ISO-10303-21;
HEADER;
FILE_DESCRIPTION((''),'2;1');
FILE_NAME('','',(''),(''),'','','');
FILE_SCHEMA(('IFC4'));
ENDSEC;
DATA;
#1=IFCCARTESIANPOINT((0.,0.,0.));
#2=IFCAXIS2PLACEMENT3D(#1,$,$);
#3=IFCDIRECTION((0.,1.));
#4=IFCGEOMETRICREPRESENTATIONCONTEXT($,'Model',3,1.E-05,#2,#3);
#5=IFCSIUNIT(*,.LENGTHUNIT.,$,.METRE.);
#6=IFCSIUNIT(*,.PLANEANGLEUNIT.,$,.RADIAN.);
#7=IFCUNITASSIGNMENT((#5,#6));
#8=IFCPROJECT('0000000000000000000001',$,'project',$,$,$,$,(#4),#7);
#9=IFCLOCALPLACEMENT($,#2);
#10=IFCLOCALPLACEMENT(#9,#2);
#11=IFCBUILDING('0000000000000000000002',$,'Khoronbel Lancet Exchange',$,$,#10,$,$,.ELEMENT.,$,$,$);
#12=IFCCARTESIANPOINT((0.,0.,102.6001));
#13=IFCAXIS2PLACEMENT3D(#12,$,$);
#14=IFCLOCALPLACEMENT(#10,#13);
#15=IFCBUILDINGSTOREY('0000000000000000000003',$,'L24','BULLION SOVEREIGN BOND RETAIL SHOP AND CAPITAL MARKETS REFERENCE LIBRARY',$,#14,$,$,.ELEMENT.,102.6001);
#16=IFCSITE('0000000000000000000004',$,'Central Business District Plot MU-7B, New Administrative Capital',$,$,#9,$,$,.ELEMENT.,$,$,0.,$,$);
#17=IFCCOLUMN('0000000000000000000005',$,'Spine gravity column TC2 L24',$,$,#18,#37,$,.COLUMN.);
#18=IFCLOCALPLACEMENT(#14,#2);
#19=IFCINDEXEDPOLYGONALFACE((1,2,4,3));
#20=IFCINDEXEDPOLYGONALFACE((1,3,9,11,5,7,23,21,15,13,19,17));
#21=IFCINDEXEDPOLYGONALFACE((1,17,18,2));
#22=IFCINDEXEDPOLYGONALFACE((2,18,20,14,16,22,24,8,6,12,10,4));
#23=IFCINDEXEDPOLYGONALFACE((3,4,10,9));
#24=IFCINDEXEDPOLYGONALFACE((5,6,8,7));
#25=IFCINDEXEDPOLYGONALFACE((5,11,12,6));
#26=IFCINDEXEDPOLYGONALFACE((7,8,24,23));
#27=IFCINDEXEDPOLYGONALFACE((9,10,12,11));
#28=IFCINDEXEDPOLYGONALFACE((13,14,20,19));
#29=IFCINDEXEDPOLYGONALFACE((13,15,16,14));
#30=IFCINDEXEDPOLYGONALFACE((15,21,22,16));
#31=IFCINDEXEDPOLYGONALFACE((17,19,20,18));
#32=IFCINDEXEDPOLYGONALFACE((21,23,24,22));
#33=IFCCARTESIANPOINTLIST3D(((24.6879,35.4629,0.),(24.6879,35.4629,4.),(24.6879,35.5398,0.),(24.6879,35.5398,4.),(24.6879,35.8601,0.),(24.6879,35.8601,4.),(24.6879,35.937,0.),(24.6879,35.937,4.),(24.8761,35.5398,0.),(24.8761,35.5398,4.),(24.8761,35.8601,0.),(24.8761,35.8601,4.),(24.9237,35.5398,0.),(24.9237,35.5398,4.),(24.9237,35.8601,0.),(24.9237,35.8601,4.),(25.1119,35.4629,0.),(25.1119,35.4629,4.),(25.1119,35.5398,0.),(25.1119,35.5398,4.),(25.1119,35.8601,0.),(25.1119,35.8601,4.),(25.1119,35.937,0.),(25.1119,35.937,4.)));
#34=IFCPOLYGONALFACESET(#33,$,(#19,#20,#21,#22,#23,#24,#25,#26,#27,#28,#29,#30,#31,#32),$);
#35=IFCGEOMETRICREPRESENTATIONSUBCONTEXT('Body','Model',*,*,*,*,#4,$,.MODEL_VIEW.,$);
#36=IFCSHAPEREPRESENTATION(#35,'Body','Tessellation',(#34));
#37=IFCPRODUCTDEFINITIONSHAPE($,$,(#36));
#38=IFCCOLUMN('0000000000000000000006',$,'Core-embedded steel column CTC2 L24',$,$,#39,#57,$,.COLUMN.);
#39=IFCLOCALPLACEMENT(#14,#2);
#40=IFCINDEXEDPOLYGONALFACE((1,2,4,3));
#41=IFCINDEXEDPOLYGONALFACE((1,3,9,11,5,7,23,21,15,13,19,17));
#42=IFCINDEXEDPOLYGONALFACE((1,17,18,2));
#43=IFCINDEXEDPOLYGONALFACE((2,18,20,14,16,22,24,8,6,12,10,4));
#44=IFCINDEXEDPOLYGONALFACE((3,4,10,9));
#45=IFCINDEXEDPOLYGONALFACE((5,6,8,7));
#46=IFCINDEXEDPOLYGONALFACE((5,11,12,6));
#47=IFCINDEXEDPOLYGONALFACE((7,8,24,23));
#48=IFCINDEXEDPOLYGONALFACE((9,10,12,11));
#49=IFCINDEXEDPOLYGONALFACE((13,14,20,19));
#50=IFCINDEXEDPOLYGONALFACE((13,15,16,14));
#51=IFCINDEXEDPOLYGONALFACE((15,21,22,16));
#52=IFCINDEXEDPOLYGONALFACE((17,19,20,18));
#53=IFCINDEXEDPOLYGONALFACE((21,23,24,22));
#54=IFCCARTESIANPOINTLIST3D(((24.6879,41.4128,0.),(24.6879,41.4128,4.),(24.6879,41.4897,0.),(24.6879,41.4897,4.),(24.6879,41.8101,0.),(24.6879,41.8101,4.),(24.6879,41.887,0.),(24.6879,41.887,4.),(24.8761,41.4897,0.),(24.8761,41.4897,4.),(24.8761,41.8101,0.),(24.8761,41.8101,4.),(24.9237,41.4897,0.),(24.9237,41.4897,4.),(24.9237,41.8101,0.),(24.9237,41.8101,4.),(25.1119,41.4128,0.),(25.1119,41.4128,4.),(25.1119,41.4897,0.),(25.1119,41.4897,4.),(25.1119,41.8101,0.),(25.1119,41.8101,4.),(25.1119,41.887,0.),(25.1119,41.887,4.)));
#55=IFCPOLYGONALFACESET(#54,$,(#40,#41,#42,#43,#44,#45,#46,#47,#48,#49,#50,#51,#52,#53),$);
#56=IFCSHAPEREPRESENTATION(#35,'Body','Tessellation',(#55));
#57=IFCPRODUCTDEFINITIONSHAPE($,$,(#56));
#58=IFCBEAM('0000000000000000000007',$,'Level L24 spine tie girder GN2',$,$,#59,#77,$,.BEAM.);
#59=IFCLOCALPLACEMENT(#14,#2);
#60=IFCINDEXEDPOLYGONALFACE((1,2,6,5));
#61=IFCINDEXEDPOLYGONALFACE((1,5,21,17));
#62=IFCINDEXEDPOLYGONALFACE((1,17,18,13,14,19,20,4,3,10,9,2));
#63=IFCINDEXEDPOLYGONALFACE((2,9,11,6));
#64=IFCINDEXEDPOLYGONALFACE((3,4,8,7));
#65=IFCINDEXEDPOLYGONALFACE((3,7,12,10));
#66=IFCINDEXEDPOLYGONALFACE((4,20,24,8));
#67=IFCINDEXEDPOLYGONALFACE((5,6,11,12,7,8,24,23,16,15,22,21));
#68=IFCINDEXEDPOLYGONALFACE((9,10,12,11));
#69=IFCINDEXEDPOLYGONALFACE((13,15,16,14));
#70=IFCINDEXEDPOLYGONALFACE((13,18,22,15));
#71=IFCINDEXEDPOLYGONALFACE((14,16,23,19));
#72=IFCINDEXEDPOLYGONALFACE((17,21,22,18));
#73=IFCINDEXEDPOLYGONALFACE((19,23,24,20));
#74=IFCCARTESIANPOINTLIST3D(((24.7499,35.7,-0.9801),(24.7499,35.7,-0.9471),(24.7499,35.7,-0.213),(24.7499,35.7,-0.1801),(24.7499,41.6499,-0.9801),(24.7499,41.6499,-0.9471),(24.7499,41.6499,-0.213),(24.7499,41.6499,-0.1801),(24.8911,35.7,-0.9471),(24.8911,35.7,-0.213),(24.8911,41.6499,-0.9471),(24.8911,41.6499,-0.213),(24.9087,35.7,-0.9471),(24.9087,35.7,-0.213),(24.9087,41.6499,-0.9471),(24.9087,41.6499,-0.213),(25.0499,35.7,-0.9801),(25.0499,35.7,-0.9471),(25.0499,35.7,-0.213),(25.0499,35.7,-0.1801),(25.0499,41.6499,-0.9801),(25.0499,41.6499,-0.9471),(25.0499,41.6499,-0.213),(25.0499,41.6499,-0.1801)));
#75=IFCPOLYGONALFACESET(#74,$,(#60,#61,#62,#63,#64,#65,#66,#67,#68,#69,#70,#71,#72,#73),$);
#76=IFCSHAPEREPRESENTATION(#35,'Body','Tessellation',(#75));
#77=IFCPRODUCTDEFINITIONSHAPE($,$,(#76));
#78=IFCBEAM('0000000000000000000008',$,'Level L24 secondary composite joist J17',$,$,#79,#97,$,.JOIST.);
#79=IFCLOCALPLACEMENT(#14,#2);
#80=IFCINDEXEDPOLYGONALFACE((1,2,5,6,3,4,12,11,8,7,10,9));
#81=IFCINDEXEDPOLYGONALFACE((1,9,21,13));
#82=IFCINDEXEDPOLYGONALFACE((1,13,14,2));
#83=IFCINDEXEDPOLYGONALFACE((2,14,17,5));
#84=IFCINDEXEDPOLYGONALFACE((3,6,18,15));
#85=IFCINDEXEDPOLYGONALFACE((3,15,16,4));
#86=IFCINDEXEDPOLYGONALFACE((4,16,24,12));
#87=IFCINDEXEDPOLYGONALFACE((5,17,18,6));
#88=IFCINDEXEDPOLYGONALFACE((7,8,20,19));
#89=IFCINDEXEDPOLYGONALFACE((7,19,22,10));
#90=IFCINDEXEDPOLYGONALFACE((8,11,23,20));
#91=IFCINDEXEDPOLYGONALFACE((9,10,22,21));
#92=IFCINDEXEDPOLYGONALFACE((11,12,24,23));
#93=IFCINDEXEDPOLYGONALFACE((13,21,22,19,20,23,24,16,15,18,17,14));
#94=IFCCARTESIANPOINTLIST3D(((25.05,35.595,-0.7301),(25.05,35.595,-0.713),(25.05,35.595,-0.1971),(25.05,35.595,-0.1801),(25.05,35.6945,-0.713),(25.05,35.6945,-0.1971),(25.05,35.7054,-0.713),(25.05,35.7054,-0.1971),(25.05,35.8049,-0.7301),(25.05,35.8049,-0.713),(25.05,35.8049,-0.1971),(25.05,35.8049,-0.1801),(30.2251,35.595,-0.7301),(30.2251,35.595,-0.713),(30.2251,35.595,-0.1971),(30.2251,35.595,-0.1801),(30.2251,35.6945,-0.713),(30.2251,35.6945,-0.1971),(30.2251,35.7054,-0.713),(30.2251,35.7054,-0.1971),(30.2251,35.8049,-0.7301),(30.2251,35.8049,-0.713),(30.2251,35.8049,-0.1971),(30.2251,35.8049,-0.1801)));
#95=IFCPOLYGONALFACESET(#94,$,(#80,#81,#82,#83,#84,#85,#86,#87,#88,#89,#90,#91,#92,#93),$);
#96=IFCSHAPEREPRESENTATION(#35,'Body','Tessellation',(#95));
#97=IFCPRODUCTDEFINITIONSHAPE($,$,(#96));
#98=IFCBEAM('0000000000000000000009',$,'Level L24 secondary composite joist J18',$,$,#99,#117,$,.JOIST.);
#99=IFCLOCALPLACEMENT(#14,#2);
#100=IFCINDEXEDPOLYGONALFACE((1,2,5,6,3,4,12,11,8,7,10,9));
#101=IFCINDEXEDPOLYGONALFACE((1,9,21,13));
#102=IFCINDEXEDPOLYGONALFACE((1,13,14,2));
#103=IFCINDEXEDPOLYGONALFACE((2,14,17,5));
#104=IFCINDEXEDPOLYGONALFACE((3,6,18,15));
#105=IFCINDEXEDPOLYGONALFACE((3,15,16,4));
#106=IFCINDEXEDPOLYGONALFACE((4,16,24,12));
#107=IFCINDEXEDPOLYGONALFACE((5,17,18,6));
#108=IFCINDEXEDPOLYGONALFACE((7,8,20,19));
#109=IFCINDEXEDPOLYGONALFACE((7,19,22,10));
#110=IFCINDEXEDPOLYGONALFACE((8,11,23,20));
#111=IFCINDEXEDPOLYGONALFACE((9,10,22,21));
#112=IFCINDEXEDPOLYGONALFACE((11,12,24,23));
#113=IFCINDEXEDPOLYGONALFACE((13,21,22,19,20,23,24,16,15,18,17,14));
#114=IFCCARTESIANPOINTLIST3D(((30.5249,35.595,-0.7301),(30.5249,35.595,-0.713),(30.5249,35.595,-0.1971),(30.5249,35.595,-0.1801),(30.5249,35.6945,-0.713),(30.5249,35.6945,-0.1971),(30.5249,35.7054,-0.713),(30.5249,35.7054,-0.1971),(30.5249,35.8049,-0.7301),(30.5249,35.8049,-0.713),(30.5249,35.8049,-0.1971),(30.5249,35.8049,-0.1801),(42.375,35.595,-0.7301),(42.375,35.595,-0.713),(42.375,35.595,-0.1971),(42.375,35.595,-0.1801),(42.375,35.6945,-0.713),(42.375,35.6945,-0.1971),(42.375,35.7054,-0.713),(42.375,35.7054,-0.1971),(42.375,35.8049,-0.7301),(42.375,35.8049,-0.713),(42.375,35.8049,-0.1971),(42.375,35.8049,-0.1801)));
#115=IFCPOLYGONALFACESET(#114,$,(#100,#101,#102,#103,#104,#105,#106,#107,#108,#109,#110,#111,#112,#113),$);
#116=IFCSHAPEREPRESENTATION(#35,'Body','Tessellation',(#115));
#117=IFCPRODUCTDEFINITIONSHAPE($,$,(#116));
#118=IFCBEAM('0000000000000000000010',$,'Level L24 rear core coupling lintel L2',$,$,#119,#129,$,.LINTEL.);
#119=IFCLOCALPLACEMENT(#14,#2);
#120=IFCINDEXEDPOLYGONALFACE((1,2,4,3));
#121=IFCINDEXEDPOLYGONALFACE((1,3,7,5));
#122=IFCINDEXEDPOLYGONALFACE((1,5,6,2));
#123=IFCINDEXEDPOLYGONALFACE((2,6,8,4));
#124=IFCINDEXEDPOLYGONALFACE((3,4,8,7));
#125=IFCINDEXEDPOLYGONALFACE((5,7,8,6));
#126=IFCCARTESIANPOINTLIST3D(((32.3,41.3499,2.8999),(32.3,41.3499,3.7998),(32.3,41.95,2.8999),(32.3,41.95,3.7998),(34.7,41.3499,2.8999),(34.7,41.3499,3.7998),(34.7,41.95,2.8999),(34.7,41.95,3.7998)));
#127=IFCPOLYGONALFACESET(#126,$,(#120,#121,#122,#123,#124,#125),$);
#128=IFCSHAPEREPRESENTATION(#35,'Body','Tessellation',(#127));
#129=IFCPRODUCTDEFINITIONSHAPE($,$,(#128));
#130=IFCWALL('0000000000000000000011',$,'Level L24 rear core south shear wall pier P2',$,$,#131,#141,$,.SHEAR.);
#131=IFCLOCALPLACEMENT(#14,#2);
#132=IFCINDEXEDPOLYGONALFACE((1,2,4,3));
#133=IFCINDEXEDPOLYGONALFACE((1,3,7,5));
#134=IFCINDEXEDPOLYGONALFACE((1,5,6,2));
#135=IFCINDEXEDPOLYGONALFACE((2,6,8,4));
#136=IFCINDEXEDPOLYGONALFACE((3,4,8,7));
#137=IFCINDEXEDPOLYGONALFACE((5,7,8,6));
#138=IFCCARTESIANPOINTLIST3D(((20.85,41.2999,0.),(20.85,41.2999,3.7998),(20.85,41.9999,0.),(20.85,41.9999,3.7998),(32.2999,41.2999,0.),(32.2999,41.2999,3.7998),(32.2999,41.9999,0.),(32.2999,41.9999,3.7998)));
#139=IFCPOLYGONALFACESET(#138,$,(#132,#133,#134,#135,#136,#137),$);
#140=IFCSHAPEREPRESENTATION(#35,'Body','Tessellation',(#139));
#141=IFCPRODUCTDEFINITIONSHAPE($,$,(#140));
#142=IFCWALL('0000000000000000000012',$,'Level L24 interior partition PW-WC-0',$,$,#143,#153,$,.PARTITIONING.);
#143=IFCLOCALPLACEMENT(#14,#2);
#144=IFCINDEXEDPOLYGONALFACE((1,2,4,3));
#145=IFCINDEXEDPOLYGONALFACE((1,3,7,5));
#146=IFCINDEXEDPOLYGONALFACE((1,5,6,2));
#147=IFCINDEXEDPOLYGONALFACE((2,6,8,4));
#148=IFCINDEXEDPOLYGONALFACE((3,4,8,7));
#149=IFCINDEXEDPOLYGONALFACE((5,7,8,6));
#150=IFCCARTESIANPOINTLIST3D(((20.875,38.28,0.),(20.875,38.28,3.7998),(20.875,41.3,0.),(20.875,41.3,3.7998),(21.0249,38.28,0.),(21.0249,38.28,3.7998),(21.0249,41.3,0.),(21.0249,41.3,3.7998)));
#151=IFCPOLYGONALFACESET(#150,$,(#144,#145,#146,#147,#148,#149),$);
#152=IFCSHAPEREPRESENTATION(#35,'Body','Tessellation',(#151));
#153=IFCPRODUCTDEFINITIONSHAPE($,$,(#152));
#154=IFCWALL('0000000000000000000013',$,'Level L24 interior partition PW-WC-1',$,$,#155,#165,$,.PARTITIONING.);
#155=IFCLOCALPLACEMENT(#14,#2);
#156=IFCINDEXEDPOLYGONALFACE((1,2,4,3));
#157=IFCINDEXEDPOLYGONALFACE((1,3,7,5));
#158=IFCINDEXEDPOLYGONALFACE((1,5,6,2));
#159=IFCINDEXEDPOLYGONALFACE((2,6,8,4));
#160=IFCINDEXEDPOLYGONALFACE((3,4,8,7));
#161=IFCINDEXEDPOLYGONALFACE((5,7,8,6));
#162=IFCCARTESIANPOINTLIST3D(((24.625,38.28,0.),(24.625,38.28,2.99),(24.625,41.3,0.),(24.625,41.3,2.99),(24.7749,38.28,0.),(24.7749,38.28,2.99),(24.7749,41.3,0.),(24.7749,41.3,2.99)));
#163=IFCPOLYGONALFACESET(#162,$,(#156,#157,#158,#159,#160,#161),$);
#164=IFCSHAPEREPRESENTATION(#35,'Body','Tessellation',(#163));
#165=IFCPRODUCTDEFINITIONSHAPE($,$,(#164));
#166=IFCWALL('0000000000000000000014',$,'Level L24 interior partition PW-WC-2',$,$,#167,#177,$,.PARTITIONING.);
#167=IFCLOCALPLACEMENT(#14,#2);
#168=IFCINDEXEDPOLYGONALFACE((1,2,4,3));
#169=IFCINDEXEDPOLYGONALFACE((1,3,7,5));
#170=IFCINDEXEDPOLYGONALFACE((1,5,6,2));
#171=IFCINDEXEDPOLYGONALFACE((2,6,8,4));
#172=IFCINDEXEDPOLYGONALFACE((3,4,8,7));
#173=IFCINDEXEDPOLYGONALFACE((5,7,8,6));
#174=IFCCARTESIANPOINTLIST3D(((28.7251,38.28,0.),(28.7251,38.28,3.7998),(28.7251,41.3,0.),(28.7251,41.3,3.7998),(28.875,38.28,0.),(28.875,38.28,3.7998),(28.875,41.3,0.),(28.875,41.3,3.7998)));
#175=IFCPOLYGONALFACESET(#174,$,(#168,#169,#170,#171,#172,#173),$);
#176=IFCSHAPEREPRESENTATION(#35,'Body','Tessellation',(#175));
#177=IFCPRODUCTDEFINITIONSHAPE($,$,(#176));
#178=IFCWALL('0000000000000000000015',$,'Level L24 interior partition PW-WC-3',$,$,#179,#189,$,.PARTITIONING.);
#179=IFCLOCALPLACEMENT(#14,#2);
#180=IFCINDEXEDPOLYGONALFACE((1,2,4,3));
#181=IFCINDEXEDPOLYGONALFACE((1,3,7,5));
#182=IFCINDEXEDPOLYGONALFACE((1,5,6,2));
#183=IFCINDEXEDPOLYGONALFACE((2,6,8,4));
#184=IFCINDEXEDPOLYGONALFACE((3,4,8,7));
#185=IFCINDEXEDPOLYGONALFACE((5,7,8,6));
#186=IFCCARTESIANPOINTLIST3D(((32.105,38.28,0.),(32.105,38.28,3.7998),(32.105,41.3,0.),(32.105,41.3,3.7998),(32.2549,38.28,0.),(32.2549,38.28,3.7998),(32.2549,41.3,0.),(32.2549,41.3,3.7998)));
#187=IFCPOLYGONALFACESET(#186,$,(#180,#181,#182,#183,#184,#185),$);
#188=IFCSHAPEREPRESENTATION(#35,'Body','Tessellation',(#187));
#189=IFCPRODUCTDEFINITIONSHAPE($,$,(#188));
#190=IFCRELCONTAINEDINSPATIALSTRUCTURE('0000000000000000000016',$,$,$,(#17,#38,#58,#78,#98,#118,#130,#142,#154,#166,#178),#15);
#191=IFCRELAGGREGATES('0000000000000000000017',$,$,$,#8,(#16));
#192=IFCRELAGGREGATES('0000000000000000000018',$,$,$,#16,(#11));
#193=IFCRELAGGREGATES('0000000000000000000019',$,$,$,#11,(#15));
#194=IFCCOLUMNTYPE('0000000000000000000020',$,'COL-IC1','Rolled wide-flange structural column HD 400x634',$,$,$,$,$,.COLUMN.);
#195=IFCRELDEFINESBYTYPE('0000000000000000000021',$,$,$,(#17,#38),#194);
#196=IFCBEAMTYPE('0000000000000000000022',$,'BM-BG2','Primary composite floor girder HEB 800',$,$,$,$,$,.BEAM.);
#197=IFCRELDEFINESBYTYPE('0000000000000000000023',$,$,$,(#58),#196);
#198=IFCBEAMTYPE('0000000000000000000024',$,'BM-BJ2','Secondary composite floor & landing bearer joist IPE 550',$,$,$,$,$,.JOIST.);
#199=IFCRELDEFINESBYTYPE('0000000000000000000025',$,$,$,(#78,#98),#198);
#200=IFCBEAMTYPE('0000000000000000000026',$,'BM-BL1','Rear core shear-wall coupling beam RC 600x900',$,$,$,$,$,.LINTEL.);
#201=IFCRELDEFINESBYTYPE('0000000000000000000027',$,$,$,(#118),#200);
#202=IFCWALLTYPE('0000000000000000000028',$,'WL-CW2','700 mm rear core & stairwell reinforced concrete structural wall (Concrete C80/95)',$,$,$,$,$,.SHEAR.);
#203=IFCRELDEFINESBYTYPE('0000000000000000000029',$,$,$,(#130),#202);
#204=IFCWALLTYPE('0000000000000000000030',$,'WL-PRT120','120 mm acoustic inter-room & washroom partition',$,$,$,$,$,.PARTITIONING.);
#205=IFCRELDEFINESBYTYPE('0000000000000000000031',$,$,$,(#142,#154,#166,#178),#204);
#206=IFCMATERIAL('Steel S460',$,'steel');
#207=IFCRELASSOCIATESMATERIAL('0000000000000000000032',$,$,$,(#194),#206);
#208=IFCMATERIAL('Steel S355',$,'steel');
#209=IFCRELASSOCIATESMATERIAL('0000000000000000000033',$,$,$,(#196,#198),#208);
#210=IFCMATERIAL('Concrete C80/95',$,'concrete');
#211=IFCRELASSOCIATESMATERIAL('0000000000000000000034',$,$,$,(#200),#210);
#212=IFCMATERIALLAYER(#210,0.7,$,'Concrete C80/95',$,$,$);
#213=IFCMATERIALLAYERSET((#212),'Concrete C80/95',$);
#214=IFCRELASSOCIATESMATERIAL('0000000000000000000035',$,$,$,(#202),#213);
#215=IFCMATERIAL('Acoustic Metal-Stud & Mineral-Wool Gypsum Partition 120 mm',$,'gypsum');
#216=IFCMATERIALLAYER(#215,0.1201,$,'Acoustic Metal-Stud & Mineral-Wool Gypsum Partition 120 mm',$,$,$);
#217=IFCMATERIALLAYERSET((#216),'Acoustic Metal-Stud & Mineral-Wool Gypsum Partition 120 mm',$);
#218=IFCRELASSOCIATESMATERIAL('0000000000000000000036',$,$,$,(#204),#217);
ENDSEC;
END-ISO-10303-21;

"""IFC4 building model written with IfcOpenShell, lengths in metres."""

from ifc_helpers import new_model, si_unit, direction, frame, frame_2d, origin, origin_2d, place, context, subcontext, project, spatial, rectangle, i_section, extrude, material, layer, layer_set, material_profile, profile_set, type_object, element, save


model = new_model("IFC4")

# Units and contexts
model_context = context("Model", 3, precision=1e-05, world=origin(), true_north=direction((0.0, 1.0)))
body_context = subcontext(model_context, "Body", "Model", "MODEL_VIEW")
ifc_project = project(units=[si_unit("LENGTHUNIT", "METRE"), si_unit("PLANEANGLEUNIT", "RADIAN")], contexts=[model_context])

# Site, building, storey
site_placement = place(None, origin())
site = spatial("IfcSite", under=ifc_project, at=site_placement, Name="Central Business District Plot MU-7B, New Administrative Capital", CompositionType="ELEMENT", RefElevation=0.0)
building_placement = place(site_placement, origin())
building = spatial("IfcBuilding", under=site, at=building_placement, Name="Khoronbel Lancet Exchange", CompositionType="ELEMENT")
storey_placement = place(building_placement, frame((0.0, 0.0, 102.6001)))
storey = spatial("IfcBuildingStorey", under=building, at=storey_placement, Name="L24", Description="BULLION SOVEREIGN BOND RETAIL SHOP AND CAPITAL MARKETS REFERENCE LIBRARY", CompositionType="ELEMENT", Elevation=102.6001)

# Columns
ifc_material_1 = material(Name="Steel S460", Category="steel")
ifc_material_profile_1 = material_profile(ifc_material_1, i_section(OverallWidth=0.4241, OverallDepth=0.4741, WebThickness=0.0476, FlangeThickness=0.0769, at=origin_2d()), Name="HD 400x634")
ifc_profile_set_1 = profile_set([ifc_material_profile_1], Name="Steel S460")
column_type = type_object("IfcColumnType", Name="COL-IC1", Description="Rolled wide-flange structural column HD 400x634", PredefinedType="COLUMN", material=ifc_profile_set_1)
for number, where, z_axis, x_axis, name in (
    (1, (24.8999, 35.7, 0.0), (0.0, 0.0, 1.0), (1.0, 0.0, 0.0), "Spine gravity column TC2 L24"),
    (2, (24.8999, 41.6499, 0.0), (0.0, 0.0, 1.0), (1.0, 0.0, 0.0), "Core-embedded steel column CTC2 L24"),
):
    element("IfcColumn", number, at=place(storey_placement, frame(where, z_axis=z_axis, x_axis=x_axis)), inside=storey, type_object=column_type, Name=name, PredefinedType="COLUMN", context=body_context, shape_type="SweptSolid", body=[
        extrude(i_section(OverallWidth=0.4241, OverallDepth=0.4741, WebThickness=0.0476, FlangeThickness=0.0769, at=origin_2d()), origin(), (0.0, 0.0, 1.0), 4.0),
    ])

# Beams
ifc_material_2 = material(Name="Steel S355", Category="steel")
ifc_material_profile_2 = material_profile(ifc_material_2, i_section(OverallWidth=0.3, OverallDepth=0.8, WebThickness=0.0176, FlangeThickness=0.033, at=origin_2d()), Name="HEB 800")
ifc_profile_set_2 = profile_set([ifc_material_profile_2], Name="Steel S355")
beam_type_1 = type_object("IfcBeamType", Name="BM-BG2", Description="Primary composite floor girder HEB 800", PredefinedType="BEAM", material=ifc_profile_set_2)
beam_1_placement = place(storey_placement, frame((24.8999, 35.7, -0.5801), z_axis=(0.0, 1.0, 0.0), x_axis=(-1.0, 0.0, 0.0)))
element("IfcBeam", 3, at=beam_1_placement, inside=storey, type_object=beam_type_1, Name="Level L24 spine tie girder GN2", PredefinedType="BEAM", context=body_context, shape_type="SweptSolid", body=[
    extrude(i_section(OverallWidth=0.3, OverallDepth=0.8, WebThickness=0.0176, FlangeThickness=0.033, at=origin_2d()), origin(), (0.0, 0.0, 1.0), 5.95),
])
ifc_material_profile_3 = material_profile(ifc_material_2, i_section(OverallWidth=0.21, OverallDepth=0.55, WebThickness=0.011, FlangeThickness=0.0171, at=origin_2d()), Name="IPE 550")
ifc_profile_set_3 = profile_set([ifc_material_profile_3], Name="Steel S355")
beam_type_2 = type_object("IfcBeamType", Name="BM-BJ2", Description="Secondary composite floor & landing bearer joist IPE 550", PredefinedType="JOIST", material=ifc_profile_set_3)
beam_2_placement = place(storey_placement, frame((25.05, 35.7, -0.4551), z_axis=(1.0, 0.0, 0.0), x_axis=(0.0, 1.0, 0.0)))
element("IfcBeam", 4, at=beam_2_placement, inside=storey, type_object=beam_type_2, Name="Level L24 secondary composite joist J17", PredefinedType="JOIST", context=body_context, shape_type="SweptSolid", body=[
    extrude(i_section(OverallWidth=0.21, OverallDepth=0.55, WebThickness=0.011, FlangeThickness=0.0171, at=origin_2d()), origin(), (0.0, 0.0, 1.0), 5.175),
])
beam_3_placement = place(storey_placement, frame((30.5249, 35.7, -0.4551), z_axis=(1.0, 0.0, 0.0), x_axis=(0.0, 1.0, 0.0)))
element("IfcBeam", 5, at=beam_3_placement, inside=storey, type_object=beam_type_2, Name="Level L24 secondary composite joist J18", PredefinedType="JOIST", context=body_context, shape_type="SweptSolid", body=[
    extrude(i_section(OverallWidth=0.21, OverallDepth=0.55, WebThickness=0.011, FlangeThickness=0.0171, at=origin_2d()), origin(), (0.0, 0.0, 1.0), 11.8501),
])
ifc_material_3 = material(Name="Concrete C80/95", Category="concrete")
ifc_material_profile_4 = material_profile(ifc_material_3, rectangle(XDim=0.6001, YDim=0.8999, at=origin_2d()), Name="RC 600x900")
ifc_profile_set_4 = profile_set([ifc_material_profile_4], Name="Concrete C80/95")
beam_type_3 = type_object("IfcBeamType", Name="BM-BL1", Description="Rear core shear-wall coupling beam RC 600x900", PredefinedType="LINTEL", material=ifc_profile_set_4)
beam_4_placement = place(storey_placement, frame((32.3, 41.6499, 3.3499), z_axis=(1.0, 0.0, 0.0), x_axis=(0.0, 1.0, 0.0)))
element("IfcBeam", 6, at=beam_4_placement, inside=storey, type_object=beam_type_3, Name="Level L24 rear core coupling lintel L2", PredefinedType="LINTEL", context=body_context, shape_type="SweptSolid", body=[
    extrude(rectangle(XDim=0.6001, YDim=0.8999, at=origin_2d()), origin(), (0.0, 0.0, 1.0), 2.3999),
])

# Walls
ifc_layer_1 = layer(ifc_material_3, 0.7, Name="Concrete C80/95")
ifc_layer_set_1 = layer_set([ifc_layer_1], Name="Concrete C80/95")
wall_type_1 = type_object("IfcWallType", Name="WL-CW2", Description="700 mm rear core & stairwell reinforced concrete structural wall (Concrete C80/95)", PredefinedType="SHEAR", material=ifc_layer_set_1)
wall_1_placement = place(storey_placement, frame((32.3, 41.6499, 0.0), z_axis=(0.0, 0.0, 1.0), x_axis=(-1.0, 0.0, 0.0)))
element("IfcWall", 7, at=wall_1_placement, inside=storey, type_object=wall_type_1, Name="Level L24 rear core south shear wall pier P2", PredefinedType="SHEAR", context=body_context, shape_type="SweptSolid", body=[
    extrude(rectangle(XDim=11.45, YDim=0.7, at=frame_2d((5.7251, 0.0))), origin(), (0.0, 0.0, 1.0), 3.7998),
])
ifc_material_4 = material(Name="Acoustic Metal-Stud & Mineral-Wool Gypsum Partition 120 mm", Category="gypsum")
ifc_layer_2 = layer(ifc_material_4, 0.1201, Name="Acoustic Metal-Stud & Mineral-Wool Gypsum Partition 120 mm")
ifc_layer_set_2 = layer_set([ifc_layer_2], Name="Acoustic Metal-Stud & Mineral-Wool Gypsum Partition 120 mm")
wall_type_2 = type_object("IfcWallType", Name="WL-PRT120", Description="120 mm acoustic inter-room & washroom partition", PredefinedType="PARTITIONING", material=ifc_layer_set_2)
wall_2_placement = place(storey_placement, frame((20.95, 38.28, 0.0), z_axis=(0.0, 0.0, 1.0), x_axis=(0.0, 1.0, 0.0)))
element("IfcWall", 8, at=wall_2_placement, inside=storey, type_object=wall_type_2, Name="Level L24 interior partition PW-WC-0", PredefinedType="PARTITIONING", context=body_context, shape_type="SweptSolid", body=[
    extrude(rectangle(XDim=3.02, YDim=0.1499, at=frame_2d((1.51, 0.0))), origin(), (0.0, 0.0, 1.0), 3.7998),
])
wall_3_placement = place(storey_placement, frame((24.7, 38.28, 0.0), z_axis=(0.0, 0.0, 1.0), x_axis=(0.0, 1.0, 0.0)))
element("IfcWall", 9, at=wall_3_placement, inside=storey, type_object=wall_type_2, Name="Level L24 interior partition PW-WC-1", PredefinedType="PARTITIONING", context=body_context, shape_type="SweptSolid", body=[
    extrude(rectangle(XDim=3.02, YDim=0.1499, at=frame_2d((1.51, 0.0))), origin(), (0.0, 0.0, 1.0), 2.99),
])
for number, where, z_axis, x_axis, name in (
    (10, (28.8, 38.28, 0.0), (0.0, 0.0, 1.0), (0.0, 1.0, 0.0), "Level L24 interior partition PW-WC-2"),
    (11, (32.1799, 38.28, 0.0), (0.0, 0.0, 1.0), (0.0, 1.0, 0.0), "Level L24 interior partition PW-WC-3"),
):
    element("IfcWall", number, at=place(storey_placement, frame(where, z_axis=z_axis, x_axis=x_axis)), inside=storey, type_object=wall_type_2, Name=name, PredefinedType="PARTITIONING", context=body_context, shape_type="SweptSolid", body=[
        extrude(rectangle(XDim=3.02, YDim=0.1499, at=frame_2d((1.51, 0.0))), origin(), (0.0, 0.0, 1.0), 3.7998),
    ])

save(model, "model.ifc")
